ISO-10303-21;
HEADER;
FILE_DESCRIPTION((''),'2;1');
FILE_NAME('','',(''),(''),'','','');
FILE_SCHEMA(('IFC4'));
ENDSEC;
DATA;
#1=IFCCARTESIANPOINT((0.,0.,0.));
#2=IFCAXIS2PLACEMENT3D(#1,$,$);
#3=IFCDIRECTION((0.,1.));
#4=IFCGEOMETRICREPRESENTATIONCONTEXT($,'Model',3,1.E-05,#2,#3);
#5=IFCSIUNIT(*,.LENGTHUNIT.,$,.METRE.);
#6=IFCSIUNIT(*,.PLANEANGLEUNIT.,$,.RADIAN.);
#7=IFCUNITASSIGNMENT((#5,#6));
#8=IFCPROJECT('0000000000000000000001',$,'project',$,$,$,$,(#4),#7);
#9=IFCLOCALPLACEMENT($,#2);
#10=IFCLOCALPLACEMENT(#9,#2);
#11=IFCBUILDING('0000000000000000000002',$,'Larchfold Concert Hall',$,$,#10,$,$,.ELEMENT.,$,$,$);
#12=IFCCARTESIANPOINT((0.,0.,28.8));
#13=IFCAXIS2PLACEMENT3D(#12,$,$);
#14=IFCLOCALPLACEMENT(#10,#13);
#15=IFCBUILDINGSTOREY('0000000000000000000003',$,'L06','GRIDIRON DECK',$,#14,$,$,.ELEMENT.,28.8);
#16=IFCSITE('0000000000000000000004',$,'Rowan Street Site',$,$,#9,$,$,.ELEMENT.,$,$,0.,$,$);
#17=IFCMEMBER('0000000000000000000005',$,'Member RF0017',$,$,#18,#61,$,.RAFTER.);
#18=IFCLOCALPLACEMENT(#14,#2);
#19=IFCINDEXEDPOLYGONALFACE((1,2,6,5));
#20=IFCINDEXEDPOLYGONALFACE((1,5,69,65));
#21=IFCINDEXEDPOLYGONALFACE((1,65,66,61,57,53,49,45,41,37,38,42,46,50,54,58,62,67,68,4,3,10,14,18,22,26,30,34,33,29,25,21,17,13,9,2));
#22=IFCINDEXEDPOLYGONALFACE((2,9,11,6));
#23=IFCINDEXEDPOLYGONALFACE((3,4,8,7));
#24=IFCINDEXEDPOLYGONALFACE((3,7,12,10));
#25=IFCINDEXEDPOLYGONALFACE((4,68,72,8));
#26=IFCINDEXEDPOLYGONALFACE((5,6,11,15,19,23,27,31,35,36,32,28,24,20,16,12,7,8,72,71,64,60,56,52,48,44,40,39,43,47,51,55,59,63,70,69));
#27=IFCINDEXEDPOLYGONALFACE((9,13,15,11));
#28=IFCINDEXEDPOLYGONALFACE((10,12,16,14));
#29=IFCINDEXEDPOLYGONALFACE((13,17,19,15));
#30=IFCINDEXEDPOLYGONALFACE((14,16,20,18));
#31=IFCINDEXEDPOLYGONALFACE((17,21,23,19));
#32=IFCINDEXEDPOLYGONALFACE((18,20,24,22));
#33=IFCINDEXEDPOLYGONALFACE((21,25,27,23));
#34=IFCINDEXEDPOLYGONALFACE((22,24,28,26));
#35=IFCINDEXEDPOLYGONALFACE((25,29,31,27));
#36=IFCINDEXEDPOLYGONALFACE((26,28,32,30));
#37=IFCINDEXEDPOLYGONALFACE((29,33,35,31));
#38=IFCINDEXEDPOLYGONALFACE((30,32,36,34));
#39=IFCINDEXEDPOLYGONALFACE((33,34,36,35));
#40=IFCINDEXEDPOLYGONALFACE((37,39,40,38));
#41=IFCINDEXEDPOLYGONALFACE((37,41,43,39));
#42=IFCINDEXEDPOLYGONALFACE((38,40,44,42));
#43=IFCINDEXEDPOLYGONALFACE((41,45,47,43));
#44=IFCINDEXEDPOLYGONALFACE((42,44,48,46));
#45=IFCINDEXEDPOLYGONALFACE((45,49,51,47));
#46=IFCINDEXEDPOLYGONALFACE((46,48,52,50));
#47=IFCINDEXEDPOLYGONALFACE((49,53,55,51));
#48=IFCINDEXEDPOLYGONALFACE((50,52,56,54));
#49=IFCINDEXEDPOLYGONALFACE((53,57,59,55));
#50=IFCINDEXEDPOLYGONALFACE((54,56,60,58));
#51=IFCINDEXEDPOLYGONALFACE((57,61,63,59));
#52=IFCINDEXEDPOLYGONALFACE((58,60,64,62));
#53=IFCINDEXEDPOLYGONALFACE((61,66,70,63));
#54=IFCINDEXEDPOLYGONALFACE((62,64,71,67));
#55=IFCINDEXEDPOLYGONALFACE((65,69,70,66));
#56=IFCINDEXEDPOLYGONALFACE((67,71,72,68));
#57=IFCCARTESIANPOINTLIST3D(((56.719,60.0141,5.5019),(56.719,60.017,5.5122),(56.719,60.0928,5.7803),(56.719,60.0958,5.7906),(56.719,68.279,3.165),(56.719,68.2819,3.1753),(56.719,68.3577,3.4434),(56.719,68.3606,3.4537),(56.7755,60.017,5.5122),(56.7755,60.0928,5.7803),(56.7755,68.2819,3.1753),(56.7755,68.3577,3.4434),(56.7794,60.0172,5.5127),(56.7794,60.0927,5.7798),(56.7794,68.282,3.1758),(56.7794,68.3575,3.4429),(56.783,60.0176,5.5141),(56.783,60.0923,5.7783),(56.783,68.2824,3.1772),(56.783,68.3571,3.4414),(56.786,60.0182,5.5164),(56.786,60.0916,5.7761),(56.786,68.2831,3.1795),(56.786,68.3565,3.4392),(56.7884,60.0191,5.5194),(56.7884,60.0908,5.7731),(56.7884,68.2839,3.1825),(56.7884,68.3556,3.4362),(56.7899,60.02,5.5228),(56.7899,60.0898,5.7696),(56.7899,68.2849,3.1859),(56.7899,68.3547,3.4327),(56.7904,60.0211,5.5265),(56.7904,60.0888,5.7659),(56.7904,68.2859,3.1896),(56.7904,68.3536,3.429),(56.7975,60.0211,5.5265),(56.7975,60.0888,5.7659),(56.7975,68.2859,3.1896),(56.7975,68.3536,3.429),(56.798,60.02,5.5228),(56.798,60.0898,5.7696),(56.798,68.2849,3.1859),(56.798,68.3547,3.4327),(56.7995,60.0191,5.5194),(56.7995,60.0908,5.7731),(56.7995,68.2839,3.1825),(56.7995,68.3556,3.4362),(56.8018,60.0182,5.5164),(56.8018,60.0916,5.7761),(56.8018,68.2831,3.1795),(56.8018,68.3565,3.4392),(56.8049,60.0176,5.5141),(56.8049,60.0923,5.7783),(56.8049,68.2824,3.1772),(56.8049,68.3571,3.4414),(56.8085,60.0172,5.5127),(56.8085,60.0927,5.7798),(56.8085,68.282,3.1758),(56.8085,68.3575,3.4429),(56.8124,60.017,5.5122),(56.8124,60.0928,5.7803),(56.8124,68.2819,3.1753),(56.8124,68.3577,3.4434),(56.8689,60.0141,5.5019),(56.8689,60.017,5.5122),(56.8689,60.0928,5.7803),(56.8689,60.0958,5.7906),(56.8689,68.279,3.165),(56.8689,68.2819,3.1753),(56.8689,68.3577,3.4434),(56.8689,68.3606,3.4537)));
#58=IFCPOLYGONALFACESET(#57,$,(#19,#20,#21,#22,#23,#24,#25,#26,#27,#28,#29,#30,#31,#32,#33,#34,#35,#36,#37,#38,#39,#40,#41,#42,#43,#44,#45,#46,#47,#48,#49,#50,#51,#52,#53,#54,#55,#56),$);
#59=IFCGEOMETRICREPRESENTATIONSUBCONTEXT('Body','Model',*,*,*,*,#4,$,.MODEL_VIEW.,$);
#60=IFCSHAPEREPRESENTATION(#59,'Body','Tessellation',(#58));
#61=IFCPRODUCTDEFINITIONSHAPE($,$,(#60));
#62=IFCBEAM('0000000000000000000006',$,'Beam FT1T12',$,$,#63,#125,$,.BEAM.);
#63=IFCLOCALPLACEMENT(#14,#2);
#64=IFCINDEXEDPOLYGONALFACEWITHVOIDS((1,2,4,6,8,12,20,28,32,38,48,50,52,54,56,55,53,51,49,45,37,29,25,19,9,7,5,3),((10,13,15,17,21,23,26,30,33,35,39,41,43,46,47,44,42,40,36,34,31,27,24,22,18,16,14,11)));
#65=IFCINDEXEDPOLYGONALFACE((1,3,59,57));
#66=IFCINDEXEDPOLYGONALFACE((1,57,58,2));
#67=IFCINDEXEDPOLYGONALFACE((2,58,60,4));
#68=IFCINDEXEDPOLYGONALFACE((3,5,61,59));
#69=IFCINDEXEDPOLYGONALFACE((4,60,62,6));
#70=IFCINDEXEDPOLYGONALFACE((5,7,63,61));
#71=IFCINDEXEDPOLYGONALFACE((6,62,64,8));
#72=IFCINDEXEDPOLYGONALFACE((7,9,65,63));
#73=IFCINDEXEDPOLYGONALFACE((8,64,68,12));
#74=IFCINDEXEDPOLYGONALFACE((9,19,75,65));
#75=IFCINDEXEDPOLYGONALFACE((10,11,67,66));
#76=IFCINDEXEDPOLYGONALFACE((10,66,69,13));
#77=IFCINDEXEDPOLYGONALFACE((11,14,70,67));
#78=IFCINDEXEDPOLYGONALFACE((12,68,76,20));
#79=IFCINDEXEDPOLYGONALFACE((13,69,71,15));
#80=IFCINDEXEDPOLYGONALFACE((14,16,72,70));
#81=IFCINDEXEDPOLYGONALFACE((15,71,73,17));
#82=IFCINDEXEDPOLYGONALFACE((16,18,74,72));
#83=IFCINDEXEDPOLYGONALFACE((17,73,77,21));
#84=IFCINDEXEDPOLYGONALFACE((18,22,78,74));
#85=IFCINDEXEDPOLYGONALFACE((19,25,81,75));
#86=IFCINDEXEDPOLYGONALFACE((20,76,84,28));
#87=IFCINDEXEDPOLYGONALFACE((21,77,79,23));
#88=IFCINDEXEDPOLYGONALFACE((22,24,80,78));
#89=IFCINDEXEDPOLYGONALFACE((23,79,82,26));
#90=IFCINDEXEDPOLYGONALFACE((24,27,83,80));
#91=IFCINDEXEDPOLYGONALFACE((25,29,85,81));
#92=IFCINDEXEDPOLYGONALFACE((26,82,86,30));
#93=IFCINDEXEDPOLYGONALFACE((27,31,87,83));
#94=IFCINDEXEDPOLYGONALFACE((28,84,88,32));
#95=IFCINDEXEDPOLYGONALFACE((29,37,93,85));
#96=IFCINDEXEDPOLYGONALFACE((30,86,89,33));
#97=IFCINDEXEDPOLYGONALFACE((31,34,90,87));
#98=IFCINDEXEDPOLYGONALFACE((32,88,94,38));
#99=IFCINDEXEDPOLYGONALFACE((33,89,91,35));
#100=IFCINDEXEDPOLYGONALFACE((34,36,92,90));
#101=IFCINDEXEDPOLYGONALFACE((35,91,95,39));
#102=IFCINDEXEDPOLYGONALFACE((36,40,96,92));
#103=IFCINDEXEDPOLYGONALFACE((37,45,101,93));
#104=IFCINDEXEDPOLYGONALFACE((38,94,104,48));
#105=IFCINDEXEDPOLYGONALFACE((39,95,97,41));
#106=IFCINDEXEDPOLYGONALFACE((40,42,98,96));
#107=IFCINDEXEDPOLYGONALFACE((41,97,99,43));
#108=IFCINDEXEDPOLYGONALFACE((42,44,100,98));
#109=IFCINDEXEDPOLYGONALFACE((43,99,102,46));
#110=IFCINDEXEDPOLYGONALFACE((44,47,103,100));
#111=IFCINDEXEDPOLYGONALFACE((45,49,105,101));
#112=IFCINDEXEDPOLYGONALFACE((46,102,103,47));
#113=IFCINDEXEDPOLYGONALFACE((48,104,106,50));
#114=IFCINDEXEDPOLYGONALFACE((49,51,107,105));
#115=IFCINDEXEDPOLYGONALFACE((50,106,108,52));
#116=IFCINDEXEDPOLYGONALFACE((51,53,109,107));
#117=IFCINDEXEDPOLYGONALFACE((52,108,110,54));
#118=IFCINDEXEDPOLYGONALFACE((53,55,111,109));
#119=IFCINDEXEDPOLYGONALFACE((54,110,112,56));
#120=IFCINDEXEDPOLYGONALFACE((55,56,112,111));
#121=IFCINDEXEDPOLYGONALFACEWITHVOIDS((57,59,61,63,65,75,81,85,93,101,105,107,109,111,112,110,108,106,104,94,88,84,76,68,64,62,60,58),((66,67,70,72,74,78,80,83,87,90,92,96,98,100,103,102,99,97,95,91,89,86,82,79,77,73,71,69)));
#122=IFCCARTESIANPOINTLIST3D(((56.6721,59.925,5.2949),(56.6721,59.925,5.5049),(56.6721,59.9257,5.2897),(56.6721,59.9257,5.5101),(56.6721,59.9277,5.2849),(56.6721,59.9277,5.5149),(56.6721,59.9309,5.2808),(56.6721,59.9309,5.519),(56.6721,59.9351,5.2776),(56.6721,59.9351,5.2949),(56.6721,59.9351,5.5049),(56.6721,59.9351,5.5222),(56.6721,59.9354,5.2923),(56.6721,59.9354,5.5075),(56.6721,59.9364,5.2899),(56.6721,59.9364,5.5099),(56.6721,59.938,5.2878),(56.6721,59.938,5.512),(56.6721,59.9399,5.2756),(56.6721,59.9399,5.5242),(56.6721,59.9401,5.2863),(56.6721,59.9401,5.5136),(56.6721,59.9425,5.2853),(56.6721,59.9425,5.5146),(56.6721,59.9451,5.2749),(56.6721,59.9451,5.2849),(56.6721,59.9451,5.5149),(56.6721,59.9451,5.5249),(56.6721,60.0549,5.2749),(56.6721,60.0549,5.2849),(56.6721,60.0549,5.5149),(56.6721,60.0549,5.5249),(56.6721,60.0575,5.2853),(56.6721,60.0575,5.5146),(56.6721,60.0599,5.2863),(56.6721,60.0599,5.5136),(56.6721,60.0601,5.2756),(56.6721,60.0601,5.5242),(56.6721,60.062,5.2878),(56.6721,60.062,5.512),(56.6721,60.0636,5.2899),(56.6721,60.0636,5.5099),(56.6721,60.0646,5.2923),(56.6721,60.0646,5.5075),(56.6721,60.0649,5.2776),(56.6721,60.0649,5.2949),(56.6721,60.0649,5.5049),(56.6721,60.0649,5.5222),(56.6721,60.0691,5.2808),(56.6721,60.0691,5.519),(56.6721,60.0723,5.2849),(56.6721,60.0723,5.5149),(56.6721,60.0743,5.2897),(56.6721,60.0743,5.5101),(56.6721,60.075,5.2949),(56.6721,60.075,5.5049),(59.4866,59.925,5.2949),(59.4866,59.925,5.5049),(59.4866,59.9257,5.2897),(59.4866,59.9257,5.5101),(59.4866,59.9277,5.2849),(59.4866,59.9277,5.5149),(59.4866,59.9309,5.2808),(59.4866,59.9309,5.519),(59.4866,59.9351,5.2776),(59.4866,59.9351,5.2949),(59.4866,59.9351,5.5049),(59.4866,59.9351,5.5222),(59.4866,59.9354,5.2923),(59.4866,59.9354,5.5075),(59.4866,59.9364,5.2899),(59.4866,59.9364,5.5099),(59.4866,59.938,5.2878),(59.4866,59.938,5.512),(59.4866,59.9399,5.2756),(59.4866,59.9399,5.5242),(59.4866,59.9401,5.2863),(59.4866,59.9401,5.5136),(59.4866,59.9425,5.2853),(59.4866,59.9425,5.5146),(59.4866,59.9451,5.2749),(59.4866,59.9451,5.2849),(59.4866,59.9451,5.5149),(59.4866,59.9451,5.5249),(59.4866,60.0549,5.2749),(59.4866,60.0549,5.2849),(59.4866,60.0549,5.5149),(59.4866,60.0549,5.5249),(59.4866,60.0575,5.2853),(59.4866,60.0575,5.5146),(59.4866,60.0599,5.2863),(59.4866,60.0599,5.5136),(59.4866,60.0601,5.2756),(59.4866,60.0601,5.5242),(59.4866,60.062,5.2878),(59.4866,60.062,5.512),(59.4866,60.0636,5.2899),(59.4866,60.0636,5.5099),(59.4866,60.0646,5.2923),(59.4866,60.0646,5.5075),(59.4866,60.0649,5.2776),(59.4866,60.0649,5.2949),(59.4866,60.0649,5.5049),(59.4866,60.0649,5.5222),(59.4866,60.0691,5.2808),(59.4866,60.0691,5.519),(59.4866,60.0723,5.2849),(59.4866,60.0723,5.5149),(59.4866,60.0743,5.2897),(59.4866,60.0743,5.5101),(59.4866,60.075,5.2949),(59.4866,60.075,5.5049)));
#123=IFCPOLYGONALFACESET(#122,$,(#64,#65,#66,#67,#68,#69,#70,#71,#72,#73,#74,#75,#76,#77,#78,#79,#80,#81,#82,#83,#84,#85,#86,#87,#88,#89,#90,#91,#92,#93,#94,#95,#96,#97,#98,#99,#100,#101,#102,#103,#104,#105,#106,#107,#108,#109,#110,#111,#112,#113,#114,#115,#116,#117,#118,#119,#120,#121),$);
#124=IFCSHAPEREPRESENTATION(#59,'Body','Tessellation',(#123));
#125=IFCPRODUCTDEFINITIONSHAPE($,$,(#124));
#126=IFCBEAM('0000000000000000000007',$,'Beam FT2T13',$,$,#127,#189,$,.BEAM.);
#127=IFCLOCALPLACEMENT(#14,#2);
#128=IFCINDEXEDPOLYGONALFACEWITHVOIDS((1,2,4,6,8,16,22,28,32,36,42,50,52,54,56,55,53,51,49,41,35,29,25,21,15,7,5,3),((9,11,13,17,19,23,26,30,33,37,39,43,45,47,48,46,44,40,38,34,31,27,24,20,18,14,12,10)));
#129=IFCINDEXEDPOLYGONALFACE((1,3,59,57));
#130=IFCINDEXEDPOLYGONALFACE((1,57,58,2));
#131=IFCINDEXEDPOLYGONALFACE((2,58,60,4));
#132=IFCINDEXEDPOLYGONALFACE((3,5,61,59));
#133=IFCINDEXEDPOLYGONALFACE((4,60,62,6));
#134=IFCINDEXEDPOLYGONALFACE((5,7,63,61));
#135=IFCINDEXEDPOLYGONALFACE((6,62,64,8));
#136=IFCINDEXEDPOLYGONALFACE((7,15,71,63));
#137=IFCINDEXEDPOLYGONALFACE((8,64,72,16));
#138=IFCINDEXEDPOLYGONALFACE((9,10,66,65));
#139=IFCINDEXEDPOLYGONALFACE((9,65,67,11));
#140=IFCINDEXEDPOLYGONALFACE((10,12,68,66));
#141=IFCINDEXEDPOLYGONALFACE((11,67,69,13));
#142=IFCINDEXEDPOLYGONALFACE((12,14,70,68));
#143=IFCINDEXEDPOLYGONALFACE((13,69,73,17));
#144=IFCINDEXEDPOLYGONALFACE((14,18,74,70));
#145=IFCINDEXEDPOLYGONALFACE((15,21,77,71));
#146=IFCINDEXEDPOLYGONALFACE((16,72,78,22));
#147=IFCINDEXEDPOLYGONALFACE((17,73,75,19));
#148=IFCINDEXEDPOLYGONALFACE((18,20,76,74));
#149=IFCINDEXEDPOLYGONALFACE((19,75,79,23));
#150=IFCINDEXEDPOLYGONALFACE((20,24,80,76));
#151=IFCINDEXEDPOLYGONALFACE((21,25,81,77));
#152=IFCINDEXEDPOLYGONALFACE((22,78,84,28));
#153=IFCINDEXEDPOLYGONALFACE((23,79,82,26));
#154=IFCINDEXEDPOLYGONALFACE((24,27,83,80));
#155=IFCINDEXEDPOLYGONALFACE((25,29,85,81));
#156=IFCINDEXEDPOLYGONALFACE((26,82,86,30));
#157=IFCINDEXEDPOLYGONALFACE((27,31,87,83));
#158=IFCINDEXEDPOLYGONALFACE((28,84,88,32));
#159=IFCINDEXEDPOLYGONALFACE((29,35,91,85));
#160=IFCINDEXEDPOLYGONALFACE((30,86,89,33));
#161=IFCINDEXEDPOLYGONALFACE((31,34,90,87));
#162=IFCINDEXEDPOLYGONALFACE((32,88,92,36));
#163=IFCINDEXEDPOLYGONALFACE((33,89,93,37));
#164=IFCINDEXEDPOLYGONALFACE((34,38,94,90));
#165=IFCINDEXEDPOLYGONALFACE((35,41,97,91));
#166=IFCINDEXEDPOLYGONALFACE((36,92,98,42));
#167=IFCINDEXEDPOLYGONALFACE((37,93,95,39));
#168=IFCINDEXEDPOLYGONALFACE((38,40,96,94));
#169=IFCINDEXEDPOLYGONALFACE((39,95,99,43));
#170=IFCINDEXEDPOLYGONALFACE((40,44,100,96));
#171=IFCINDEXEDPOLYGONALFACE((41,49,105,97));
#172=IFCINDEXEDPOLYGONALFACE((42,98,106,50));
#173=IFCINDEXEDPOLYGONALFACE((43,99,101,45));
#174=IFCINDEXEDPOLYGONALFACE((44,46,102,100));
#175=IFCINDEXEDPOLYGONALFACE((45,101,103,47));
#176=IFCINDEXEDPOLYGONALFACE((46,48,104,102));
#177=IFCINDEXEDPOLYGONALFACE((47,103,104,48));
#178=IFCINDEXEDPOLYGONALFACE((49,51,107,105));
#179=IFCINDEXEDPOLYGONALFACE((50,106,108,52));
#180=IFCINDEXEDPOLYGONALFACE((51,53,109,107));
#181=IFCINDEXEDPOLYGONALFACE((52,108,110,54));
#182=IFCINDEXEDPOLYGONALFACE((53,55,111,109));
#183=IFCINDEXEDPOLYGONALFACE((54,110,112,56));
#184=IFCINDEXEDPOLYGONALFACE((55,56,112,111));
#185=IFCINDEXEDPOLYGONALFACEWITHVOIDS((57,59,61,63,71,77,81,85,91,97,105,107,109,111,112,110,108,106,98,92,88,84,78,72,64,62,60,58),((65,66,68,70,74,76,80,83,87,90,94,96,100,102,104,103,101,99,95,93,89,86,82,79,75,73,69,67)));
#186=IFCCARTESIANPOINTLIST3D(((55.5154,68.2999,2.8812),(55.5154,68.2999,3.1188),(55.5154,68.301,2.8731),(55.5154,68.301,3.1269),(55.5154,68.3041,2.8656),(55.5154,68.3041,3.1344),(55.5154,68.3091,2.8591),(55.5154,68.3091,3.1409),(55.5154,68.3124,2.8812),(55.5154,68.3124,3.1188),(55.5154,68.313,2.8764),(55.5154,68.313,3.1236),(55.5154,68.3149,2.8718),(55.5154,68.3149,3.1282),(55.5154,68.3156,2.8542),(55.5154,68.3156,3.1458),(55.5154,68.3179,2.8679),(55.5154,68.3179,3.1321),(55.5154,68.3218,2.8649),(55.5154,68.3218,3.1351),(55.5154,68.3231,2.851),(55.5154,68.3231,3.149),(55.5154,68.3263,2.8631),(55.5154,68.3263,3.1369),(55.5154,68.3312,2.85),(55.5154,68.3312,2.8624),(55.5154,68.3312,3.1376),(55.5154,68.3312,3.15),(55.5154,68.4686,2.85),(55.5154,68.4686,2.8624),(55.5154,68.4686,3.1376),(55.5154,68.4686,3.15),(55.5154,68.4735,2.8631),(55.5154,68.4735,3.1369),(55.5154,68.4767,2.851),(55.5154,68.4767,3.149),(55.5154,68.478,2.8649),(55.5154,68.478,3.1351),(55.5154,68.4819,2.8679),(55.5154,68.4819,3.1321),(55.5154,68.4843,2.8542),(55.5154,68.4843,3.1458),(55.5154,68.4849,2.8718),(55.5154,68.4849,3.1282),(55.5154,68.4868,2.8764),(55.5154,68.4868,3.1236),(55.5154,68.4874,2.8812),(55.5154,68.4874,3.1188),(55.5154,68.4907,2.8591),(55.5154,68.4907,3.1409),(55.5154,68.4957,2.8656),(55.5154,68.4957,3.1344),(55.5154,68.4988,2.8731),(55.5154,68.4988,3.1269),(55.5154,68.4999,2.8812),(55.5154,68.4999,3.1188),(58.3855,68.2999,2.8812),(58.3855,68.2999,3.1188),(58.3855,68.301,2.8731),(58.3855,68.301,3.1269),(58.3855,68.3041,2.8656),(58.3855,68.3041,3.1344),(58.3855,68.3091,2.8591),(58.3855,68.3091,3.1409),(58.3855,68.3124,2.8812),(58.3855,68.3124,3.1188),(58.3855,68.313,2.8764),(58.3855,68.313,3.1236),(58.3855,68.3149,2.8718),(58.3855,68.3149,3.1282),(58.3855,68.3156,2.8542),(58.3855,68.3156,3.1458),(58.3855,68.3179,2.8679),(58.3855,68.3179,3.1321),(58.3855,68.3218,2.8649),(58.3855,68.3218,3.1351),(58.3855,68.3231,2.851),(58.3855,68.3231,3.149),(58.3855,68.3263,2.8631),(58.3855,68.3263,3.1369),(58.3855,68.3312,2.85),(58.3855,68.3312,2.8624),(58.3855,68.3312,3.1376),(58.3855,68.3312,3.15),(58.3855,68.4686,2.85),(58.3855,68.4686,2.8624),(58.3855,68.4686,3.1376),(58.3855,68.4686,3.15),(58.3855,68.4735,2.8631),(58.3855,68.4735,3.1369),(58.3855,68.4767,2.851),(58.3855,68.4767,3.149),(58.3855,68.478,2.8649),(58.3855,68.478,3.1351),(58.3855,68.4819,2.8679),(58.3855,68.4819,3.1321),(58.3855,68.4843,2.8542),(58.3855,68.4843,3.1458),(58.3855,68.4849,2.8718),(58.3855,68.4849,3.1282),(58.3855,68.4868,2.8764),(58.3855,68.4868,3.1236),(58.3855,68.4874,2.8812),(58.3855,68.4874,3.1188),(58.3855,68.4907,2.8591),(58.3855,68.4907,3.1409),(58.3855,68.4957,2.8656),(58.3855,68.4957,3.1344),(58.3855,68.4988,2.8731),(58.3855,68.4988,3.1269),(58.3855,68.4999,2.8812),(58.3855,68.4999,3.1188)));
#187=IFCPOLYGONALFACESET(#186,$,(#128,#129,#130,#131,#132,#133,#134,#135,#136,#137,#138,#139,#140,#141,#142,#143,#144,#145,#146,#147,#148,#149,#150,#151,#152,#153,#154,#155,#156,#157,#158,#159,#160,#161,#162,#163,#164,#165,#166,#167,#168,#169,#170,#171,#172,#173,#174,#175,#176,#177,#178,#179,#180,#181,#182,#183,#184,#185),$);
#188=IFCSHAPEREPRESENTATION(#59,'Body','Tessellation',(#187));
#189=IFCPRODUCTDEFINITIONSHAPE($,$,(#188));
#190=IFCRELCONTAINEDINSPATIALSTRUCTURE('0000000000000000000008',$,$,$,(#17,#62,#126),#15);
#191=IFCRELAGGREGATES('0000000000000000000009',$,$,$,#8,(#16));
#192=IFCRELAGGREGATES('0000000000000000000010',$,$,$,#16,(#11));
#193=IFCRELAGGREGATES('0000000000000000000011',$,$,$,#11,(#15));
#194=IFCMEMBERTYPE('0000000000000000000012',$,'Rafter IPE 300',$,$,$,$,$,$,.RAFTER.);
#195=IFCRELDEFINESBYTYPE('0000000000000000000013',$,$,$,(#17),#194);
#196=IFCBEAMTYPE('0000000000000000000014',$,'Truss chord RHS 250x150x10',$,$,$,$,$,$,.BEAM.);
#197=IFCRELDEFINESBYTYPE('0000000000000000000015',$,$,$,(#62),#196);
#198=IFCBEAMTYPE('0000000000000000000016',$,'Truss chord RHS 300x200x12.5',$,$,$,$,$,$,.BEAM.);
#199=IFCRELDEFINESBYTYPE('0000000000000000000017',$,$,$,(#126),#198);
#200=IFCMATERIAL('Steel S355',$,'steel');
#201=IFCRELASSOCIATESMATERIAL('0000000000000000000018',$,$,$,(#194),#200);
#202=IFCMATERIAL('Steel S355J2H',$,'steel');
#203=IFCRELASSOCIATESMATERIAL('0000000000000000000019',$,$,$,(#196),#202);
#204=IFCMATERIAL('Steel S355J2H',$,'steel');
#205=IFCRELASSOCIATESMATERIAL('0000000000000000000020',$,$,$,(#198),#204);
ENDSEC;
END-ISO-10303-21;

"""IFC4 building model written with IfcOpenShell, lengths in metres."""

from ifc_helpers import new_model, si_unit, direction, frame, origin, origin_2d, place, context, subcontext, project, spatial, hollow_rectangle, i_section, extrude, material, material_profile, profile_set, type_object, element, save


model = new_model("IFC4")

# Units and contexts
model_context = context("Model", 3, precision=1e-05, world=origin(), true_north=direction((0.0, 1.0)))
body_context = subcontext(model_context, "Body", "Model", "MODEL_VIEW")
ifc_project = project(units=[si_unit("LENGTHUNIT", "METRE"), si_unit("PLANEANGLEUNIT", "RADIAN")], contexts=[model_context])

# Site, building, storey
site_placement = place(None, origin())
site = spatial("IfcSite", under=ifc_project, at=site_placement, Name="Rowan Street Site", CompositionType="ELEMENT", RefElevation=0.0)
building_placement = place(site_placement, origin())
building = spatial("IfcBuilding", under=site, at=building_placement, Name="Larchfold Concert Hall", CompositionType="ELEMENT")
storey_placement = place(building_placement, frame((0.0, 0.0, 28.8)))
storey = spatial("IfcBuildingStorey", under=building, at=storey_placement, Name="L06", Description="GRIDIRON DECK", CompositionType="ELEMENT", Elevation=28.8)

# Member
ifc_material_1 = material(Name="Steel S355", Category="steel")
ifc_material_profile_1 = material_profile(ifc_material_1, i_section(OverallWidth=0.1499, OverallDepth=0.3, WebThickness=0.0071, FlangeThickness=0.0107, FilletRadius=0.0149, at=origin_2d()))
ifc_profile_set_1 = profile_set([ifc_material_profile_1], Name="Steel S355")
member_type_1 = type_object("IfcMemberType", Name="Rafter IPE 300", PredefinedType="RAFTER", material=ifc_profile_set_1)
member_1_placement = place(storey_placement, frame((56.7939, 60.0549, 5.6462), z_axis=(0.0, 0.962273, -0.272085), x_axis=(-1.0, 0.0, 0.0)))
element("IfcMember", 1, at=member_1_placement, inside=storey, type_object=member_type_1, Name="Member RF0017", PredefinedType="RAFTER", context=body_context, shape_type="SweptSolid", body=[
    extrude(i_section(OverallWidth=0.1499, OverallDepth=0.3, WebThickness=0.0071, FlangeThickness=0.0107, FilletRadius=0.0149, at=origin_2d()), origin(), (0.0, 0.0, 1.0), 8.5889),
])

# Beams
ifc_material_2 = material(Name="Steel S355J2H", Category="steel")
ifc_material_profile_2 = material_profile(ifc_material_2, hollow_rectangle(XDim=0.1499, YDim=0.25, WallThickness=0.01, InnerFilletRadius=0.01, OuterFilletRadius=0.02, at=origin_2d()))
ifc_profile_set_2 = profile_set([ifc_material_profile_2], Name="Steel S355J2H")
beam_type_1 = type_object("IfcBeamType", Name="Truss chord RHS 250x150x10", PredefinedType="BEAM", material=ifc_profile_set_2)
beam_1_placement = place(storey_placement, frame((56.6721, 60.0, 5.3999), z_axis=(1.0, 0.0, 0.0), x_axis=(0.0, 1.0, 0.0)))
element("IfcBeam", 2, at=beam_1_placement, inside=storey, type_object=beam_type_1, Name="Beam FT1T12", PredefinedType="BEAM", context=body_context, shape_type="SweptSolid", body=[
    extrude(hollow_rectangle(XDim=0.1499, YDim=0.25, WallThickness=0.01, InnerFilletRadius=0.01, OuterFilletRadius=0.02, at=origin_2d()), origin(), (0.0, 0.0, 1.0), 2.8145),
])
ifc_material_3 = material(Name="Steel S355J2H", Category="steel")
ifc_material_profile_3 = material_profile(ifc_material_3, hollow_rectangle(XDim=0.2, YDim=0.3, WallThickness=0.0125, InnerFilletRadius=0.0188, OuterFilletRadius=0.0312, at=origin_2d()))
ifc_profile_set_3 = profile_set([ifc_material_profile_3], Name="Steel S355J2H")
beam_type_2 = type_object("IfcBeamType", Name="Truss chord RHS 300x200x12.5", PredefinedType="BEAM", material=ifc_profile_set_3)
for number, where, z_axis, x_axis, name in (
    (3, (55.5154, 68.3999, 3.0), (1.0, 0.0, 0.0), (0.0, 1.0, 0.0), "Beam FT2T13"),
):
    element("IfcBeam", number, at=place(storey_placement, frame(where, z_axis=z_axis, x_axis=x_axis)), inside=storey, type_object=beam_type_2, Name=name, PredefinedType="BEAM", context=body_context, shape_type="SweptSolid", body=[
        extrude(hollow_rectangle(XDim=0.2, YDim=0.3, WallThickness=0.0125, InnerFilletRadius=0.0188, OuterFilletRadius=0.0312, at=origin_2d()), origin(), (0.0, 0.0, 1.0), 2.8701),
    ])

save(model, "model.ifc")
